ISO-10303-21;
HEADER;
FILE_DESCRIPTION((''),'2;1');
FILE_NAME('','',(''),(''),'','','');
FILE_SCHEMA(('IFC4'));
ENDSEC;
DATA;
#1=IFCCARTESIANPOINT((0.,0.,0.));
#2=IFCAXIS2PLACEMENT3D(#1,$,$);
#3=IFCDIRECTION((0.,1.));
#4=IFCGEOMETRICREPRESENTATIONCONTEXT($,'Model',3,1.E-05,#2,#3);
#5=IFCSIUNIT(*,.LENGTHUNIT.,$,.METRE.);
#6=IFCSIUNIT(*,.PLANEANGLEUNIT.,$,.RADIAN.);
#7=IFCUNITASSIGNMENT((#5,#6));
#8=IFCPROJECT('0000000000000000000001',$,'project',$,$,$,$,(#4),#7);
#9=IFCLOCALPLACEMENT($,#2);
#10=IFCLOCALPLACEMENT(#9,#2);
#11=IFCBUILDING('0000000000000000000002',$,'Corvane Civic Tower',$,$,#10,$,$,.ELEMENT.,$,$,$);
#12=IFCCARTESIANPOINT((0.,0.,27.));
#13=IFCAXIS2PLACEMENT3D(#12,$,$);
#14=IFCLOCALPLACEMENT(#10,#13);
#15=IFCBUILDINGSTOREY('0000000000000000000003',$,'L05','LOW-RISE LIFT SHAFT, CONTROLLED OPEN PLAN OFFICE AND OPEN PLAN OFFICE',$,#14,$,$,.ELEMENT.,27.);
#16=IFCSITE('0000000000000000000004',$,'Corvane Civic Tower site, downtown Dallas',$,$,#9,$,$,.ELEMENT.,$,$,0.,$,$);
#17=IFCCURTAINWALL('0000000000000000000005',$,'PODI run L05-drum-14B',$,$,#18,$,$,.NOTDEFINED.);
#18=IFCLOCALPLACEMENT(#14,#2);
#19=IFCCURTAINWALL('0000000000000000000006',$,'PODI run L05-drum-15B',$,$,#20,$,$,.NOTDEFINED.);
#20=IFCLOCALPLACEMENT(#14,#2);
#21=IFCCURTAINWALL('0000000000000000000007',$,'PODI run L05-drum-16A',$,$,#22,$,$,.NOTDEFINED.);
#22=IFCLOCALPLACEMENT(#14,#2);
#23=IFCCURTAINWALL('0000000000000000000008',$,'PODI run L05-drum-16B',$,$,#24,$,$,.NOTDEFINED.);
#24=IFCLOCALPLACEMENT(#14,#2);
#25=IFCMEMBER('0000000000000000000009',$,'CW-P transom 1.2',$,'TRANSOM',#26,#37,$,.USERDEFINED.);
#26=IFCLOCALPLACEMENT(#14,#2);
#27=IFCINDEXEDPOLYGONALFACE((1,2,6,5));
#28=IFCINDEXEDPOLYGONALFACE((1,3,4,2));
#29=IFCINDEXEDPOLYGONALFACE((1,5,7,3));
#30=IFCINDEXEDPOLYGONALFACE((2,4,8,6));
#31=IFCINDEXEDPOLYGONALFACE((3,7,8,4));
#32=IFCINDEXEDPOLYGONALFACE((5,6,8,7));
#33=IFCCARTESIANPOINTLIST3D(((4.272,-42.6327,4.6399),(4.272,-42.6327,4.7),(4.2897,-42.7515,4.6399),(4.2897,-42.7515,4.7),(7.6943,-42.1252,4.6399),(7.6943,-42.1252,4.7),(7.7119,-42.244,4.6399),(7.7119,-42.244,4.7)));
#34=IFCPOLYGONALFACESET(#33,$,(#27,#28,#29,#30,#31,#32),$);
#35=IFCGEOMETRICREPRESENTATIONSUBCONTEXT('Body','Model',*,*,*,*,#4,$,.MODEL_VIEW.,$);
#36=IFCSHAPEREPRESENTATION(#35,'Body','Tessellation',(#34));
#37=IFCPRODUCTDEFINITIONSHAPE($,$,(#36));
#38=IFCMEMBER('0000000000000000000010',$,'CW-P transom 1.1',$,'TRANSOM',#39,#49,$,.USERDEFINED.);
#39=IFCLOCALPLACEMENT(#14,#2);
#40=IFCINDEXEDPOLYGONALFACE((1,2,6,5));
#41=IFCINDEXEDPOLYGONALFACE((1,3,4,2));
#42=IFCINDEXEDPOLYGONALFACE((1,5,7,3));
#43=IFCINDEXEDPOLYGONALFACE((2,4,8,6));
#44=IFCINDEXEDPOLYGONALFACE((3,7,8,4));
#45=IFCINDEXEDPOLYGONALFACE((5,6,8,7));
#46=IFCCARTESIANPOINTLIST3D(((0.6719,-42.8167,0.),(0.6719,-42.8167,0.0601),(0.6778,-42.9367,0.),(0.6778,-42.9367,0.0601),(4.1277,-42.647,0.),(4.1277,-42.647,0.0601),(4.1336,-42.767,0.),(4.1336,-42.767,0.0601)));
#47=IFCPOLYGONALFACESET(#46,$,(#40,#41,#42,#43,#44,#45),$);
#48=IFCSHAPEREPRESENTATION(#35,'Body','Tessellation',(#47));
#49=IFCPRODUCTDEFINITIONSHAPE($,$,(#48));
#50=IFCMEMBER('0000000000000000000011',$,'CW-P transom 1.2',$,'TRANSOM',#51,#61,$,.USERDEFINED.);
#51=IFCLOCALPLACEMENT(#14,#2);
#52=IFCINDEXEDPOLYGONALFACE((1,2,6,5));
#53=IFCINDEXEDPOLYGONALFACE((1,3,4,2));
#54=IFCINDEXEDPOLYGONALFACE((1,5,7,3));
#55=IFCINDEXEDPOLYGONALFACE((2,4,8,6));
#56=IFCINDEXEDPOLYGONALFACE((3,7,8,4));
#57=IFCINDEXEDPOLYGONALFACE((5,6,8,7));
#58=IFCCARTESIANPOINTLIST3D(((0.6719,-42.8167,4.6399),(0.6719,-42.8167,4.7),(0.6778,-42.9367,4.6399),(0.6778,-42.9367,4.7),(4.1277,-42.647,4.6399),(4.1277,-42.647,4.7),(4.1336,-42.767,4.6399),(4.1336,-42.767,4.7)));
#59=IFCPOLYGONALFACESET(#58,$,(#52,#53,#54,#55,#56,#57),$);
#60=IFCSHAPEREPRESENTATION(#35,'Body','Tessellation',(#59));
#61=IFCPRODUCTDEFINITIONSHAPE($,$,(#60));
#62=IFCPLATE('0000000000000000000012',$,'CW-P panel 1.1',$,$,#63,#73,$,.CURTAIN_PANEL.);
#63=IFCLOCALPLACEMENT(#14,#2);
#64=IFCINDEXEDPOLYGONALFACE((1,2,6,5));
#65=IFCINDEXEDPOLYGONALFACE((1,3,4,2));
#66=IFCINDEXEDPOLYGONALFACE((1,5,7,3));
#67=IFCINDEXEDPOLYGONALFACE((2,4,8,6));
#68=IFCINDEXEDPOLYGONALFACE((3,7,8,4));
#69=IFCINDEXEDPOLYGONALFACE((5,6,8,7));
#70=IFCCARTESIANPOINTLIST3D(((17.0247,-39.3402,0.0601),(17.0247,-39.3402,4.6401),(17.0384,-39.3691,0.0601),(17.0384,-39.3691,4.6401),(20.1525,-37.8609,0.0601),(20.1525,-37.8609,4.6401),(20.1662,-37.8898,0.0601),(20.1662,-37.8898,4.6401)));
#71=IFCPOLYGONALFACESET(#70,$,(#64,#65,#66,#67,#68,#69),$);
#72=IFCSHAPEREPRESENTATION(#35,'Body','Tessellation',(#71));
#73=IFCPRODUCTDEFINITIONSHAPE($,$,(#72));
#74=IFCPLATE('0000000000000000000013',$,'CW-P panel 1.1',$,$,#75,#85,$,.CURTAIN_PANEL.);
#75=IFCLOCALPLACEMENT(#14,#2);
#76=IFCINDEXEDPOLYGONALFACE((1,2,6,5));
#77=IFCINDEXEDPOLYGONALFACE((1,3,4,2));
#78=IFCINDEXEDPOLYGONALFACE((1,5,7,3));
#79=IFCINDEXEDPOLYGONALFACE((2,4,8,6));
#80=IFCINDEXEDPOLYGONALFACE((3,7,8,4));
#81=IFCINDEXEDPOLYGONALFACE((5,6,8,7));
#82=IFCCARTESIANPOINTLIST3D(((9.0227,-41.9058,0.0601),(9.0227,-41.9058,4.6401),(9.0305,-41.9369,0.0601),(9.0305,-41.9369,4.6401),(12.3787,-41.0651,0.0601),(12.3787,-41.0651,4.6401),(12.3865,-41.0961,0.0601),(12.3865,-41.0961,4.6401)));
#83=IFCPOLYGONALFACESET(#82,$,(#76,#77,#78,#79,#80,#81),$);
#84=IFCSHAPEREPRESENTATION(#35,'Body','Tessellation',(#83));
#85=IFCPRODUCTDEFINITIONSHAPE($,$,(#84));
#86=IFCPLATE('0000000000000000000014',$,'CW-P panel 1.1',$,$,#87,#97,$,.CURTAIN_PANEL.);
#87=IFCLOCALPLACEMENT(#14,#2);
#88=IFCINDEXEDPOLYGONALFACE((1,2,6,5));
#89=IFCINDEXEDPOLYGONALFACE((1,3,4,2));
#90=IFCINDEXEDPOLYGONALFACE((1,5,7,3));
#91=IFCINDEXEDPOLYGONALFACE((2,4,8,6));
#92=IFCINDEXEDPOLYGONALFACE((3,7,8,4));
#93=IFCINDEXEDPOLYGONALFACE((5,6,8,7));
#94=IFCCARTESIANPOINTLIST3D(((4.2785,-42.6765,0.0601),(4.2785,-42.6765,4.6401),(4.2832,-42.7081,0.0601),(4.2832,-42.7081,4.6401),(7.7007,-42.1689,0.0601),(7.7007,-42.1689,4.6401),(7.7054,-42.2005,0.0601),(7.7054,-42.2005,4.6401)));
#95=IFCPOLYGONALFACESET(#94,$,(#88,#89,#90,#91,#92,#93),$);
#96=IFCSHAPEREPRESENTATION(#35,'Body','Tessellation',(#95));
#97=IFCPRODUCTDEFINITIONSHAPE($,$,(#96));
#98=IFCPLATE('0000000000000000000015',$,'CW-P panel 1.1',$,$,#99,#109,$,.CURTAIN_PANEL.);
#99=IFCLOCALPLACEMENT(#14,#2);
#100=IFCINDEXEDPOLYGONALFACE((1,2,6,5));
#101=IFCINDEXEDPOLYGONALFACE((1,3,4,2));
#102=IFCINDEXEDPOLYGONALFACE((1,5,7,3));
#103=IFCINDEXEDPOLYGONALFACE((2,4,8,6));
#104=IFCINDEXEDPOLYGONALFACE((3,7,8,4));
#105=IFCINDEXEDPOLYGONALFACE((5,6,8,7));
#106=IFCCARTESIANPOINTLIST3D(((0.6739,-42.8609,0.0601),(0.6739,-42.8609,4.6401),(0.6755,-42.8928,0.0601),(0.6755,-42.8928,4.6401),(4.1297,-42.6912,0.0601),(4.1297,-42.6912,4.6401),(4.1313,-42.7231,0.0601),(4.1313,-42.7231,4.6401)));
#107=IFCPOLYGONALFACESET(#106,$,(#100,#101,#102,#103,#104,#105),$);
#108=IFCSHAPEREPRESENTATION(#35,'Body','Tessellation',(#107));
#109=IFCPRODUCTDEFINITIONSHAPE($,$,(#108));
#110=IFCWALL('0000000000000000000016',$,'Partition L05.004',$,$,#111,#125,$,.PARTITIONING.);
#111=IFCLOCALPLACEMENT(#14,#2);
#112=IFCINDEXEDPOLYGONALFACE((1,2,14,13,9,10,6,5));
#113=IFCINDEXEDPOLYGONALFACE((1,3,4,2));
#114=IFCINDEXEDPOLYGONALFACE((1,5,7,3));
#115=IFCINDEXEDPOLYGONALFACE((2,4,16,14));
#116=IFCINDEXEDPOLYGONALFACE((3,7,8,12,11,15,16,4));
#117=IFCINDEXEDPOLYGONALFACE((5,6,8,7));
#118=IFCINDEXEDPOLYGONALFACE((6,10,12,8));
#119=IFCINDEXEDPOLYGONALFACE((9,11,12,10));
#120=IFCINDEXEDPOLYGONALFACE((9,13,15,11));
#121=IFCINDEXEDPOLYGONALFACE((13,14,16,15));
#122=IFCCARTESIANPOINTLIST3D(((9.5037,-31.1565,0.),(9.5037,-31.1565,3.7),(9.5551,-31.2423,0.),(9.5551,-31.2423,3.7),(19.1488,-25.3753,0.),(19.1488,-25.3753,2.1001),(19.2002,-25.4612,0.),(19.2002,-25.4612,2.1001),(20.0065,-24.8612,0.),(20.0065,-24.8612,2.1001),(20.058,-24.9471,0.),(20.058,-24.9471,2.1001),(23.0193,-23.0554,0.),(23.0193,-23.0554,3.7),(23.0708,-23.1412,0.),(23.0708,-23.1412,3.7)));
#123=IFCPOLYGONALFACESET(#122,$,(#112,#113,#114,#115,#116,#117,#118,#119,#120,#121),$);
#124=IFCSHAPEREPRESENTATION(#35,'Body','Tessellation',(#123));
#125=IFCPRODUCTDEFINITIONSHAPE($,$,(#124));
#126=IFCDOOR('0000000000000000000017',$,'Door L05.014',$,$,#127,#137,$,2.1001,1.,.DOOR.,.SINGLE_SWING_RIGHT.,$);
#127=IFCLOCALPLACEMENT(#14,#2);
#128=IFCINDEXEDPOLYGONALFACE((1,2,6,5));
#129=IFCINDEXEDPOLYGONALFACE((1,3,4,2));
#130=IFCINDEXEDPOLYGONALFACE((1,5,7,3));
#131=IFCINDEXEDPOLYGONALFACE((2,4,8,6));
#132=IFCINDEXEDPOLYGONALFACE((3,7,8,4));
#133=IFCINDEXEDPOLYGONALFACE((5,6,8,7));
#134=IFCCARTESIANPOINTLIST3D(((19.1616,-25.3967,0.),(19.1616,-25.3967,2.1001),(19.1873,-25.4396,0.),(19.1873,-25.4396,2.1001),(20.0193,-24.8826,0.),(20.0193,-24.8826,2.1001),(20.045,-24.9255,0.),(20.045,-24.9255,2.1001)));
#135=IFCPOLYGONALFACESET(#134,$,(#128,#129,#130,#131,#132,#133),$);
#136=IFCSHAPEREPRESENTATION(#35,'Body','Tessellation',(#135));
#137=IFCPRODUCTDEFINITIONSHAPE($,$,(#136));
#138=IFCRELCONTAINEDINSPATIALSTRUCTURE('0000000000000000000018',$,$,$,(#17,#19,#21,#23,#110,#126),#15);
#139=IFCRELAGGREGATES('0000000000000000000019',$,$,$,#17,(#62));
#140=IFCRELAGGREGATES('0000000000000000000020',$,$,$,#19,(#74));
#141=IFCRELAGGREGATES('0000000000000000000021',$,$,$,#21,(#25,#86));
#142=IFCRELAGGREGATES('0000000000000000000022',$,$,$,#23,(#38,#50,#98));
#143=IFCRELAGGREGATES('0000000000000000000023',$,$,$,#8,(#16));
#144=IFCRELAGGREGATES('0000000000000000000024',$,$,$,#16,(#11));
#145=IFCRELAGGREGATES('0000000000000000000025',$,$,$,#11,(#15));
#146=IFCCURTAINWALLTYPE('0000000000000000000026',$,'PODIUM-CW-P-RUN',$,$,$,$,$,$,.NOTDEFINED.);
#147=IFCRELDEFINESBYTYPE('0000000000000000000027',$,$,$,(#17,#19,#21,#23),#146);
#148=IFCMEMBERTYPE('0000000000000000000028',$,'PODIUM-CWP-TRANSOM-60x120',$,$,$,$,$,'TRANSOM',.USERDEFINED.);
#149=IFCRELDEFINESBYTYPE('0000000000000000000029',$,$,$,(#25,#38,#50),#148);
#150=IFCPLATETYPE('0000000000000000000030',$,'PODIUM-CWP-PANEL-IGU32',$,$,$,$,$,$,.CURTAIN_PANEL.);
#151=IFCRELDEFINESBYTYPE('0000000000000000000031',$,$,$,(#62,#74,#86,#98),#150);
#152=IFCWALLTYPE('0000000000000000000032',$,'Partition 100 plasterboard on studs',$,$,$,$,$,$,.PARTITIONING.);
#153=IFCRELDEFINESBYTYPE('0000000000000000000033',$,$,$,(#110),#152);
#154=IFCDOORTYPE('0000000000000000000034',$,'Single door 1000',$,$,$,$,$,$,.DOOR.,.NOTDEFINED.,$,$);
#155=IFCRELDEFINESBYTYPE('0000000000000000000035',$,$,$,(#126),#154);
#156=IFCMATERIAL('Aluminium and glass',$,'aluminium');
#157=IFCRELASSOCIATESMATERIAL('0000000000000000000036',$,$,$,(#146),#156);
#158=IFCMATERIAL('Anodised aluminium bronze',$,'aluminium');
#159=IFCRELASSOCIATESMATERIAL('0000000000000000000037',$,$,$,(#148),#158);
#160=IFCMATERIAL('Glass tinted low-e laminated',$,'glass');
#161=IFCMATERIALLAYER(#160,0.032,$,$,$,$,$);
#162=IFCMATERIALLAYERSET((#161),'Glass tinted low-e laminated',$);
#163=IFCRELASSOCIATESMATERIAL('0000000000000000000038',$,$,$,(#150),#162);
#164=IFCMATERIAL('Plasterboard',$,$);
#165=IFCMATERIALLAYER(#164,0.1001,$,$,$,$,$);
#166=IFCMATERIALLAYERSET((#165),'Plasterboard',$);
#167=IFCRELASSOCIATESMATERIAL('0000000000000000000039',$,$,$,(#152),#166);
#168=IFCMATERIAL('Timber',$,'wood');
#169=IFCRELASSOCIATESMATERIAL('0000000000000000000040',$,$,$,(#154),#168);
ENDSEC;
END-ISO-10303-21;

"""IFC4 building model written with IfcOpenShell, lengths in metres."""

from ifc_helpers import new_model, si_unit, direction, frame, frame_2d, origin, origin_2d, place, context, subcontext, project, spatial, rectangle, extrude, material, layer, layer_set, material_profile, profile_set, type_object, element, fill, aggregate, save


model = new_model("IFC4")

# Units and contexts
model_context = context("Model", 3, precision=1e-05, world=origin(), true_north=direction((0.0, 1.0)))
body_context = subcontext(model_context, "Body", "Model", "MODEL_VIEW")
ifc_project = project(units=[si_unit("LENGTHUNIT", "METRE"), si_unit("PLANEANGLEUNIT", "RADIAN")], contexts=[model_context])

# Site, building, storey
site_placement = place(None, origin())
site = spatial("IfcSite", under=ifc_project, at=site_placement, Name="Corvane Civic Tower site, downtown Dallas", CompositionType="ELEMENT", RefElevation=0.0)
building_placement = place(site_placement, origin())
building = spatial("IfcBuilding", under=site, at=building_placement, Name="Corvane Civic Tower", CompositionType="ELEMENT")
storey_placement = place(building_placement, frame((0.0, 0.0, 27.0)))
storey = spatial("IfcBuildingStorey", under=building, at=storey_placement, Name="L05", Description="LOW-RISE LIFT SHAFT, CONTROLLED OPEN PLAN OFFICE AND OPEN PLAN OFFICE", CompositionType="ELEMENT", Elevation=27.0)

# Shared definitions
ifc_material_1 = material(Name="Aluminium and glass", Category="aluminium")
curtain_wall_type = type_object("IfcCurtainWallType", Name="PODIUM-CW-P-RUN", PredefinedType="NOTDEFINED", material=ifc_material_1)

# Curtain walls
curtain_wall_1_placement = place(storey_placement, origin())
curtain_wall_1 = element("IfcCurtainWall", 1, at=curtain_wall_1_placement, inside=storey, type_object=curtain_wall_type, Name="PODI run L05-drum-14B", PredefinedType="NOTDEFINED")
curtain_wall_2_placement = place(storey_placement, origin())
curtain_wall_2 = element("IfcCurtainWall", 2, at=curtain_wall_2_placement, inside=storey, type_object=curtain_wall_type, Name="PODI run L05-drum-15B", PredefinedType="NOTDEFINED")
curtain_wall_3_placement = place(storey_placement, origin())
curtain_wall_3 = element("IfcCurtainWall", 3, at=curtain_wall_3_placement, inside=storey, type_object=curtain_wall_type, Name="PODI run L05-drum-16A", PredefinedType="NOTDEFINED")
curtain_wall_4_placement = place(storey_placement, origin())
curtain_wall_4 = element("IfcCurtainWall", 4, at=curtain_wall_4_placement, inside=storey, type_object=curtain_wall_type, Name="PODI run L05-drum-16B", PredefinedType="NOTDEFINED")

# Members
ifc_material_2 = material(Name="Anodised aluminium bronze", Category="aluminium")
ifc_material_profile_1 = material_profile(ifc_material_2, rectangle(XDim=0.1201, YDim=0.0601, at=origin_2d()), Name="AL 120x60")
ifc_profile_set_1 = profile_set([ifc_material_profile_1], Name="Anodised aluminium bronze")
member_type_1 = type_object("IfcMemberType", Name="PODIUM-CWP-TRANSOM-60x120", ElementType="TRANSOM", PredefinedType="USERDEFINED", material=ifc_profile_set_1)
member_1_placement = place(storey_placement, frame((7.7031, -42.1846, 4.6699), z_axis=(-0.98918, -0.146705, 0.0), x_axis=(0.146705, -0.98918, 0.0)))
member_1 = element("IfcMember", 5, at=member_1_placement, type_object=member_type_1, Name="CW-P transom 1.2", ObjectType="TRANSOM", PredefinedType="USERDEFINED", context=body_context, shape_type="SweptSolid", body=[
    extrude(rectangle(XDim=0.1201, YDim=0.0601, at=origin_2d()), origin(), (0.0, 0.0, 1.0), 3.4597),
])
member_2_placement = place(storey_placement, frame((4.1306, -42.707, 0.03), z_axis=(-0.998797, -0.04904, 0.0), x_axis=(0.04904, -0.998797, 0.0)))
member_2 = element("IfcMember", 6, at=member_2_placement, type_object=member_type_1, Name="CW-P transom 1.1", ObjectType="TRANSOM", PredefinedType="USERDEFINED", context=body_context, shape_type="SweptSolid", body=[
    extrude(rectangle(XDim=0.1201, YDim=0.0601, at=origin_2d()), origin(), (0.0, 0.0, 1.0), 3.46),
])
member_3_placement = place(storey_placement, frame((4.1306, -42.707, 4.6699), z_axis=(-0.998797, -0.04904, 0.0), x_axis=(0.04904, -0.998797, 0.0)))
member_3 = element("IfcMember", 7, at=member_3_placement, type_object=member_type_1, Name="CW-P transom 1.2", ObjectType="TRANSOM", PredefinedType="USERDEFINED", context=body_context, shape_type="SweptSolid", body=[
    extrude(rectangle(XDim=0.1201, YDim=0.0601, at=origin_2d()), origin(), (0.0, 0.0, 1.0), 3.46),
])

# Plates
ifc_material_3 = material(Name="Glass tinted low-e laminated", Category="glass")
ifc_layer_1 = layer(ifc_material_3, 0.032)
ifc_layer_set_1 = layer_set([ifc_layer_1], Name="Glass tinted low-e laminated")
plate_type = type_object("IfcPlateType", Name="PODIUM-CWP-PANEL-IGU32", PredefinedType="CURTAIN_PANEL", material=ifc_layer_set_1)
plate_1_placement = place(storey_placement, frame((18.5955, -38.615, 0.0601), z_axis=(0.0, 0.0, 1.0), x_axis=(-0.90399, -0.427553, 0.0)))
plate_1 = element("IfcPlate", 8, at=plate_1_placement, type_object=plate_type, Name="CW-P panel 1.1", PredefinedType="CURTAIN_PANEL", context=body_context, shape_type="SweptSolid", body=[
    extrude(rectangle(XDim=3.46, YDim=0.032, at=origin_2d()), origin(), (0.0, 0.0, 1.0), 4.5801),
])
aggregate(curtain_wall_1, [plate_1])
plate_2_placement = place(storey_placement, frame((10.7046, -41.501, 0.0601), z_axis=(0.0, 0.0, 1.0), x_axis=(-0.970024, -0.243009, 0.0)))
plate_2 = element("IfcPlate", 9, at=plate_2_placement, type_object=plate_type, Name="CW-P panel 1.1", PredefinedType="CURTAIN_PANEL", context=body_context, shape_type="SweptSolid", body=[
    extrude(rectangle(XDim=3.4597, YDim=0.032, at=origin_2d()), origin(), (0.0, 0.0, 1.0), 4.5801),
])
aggregate(curtain_wall_2, [plate_2])
plate_3_placement = place(storey_placement, frame((5.9919, -42.4385, 0.0601), z_axis=(0.0, 0.0, 1.0), x_axis=(-0.989179, -0.146715, 0.0)))
plate_3 = element("IfcPlate", 10, at=plate_3_placement, type_object=plate_type, Name="CW-P panel 1.1", PredefinedType="CURTAIN_PANEL", context=body_context, shape_type="SweptSolid", body=[
    extrude(rectangle(XDim=3.4597, YDim=0.032, at=origin_2d()), origin(), (0.0, 0.0, 1.0), 4.5801),
])
aggregate(curtain_wall_3, [member_1, plate_3])
plate_4_placement = place(storey_placement, frame((2.4026, -42.792, 0.0601), z_axis=(0.0, 0.0, 1.0), x_axis=(-0.998796, -0.04905, 0.0)))
plate_4 = element("IfcPlate", 11, at=plate_4_placement, type_object=plate_type, Name="CW-P panel 1.1", PredefinedType="CURTAIN_PANEL", context=body_context, shape_type="SweptSolid", body=[
    extrude(rectangle(XDim=3.46, YDim=0.032, at=origin_2d()), origin(), (0.0, 0.0, 1.0), 4.5801),
])
aggregate(curtain_wall_4, [member_2, member_3, plate_4])

# Wall, opening, door
ifc_material_4 = material(Name="Plasterboard")
ifc_layer_2 = layer(ifc_material_4, 0.1001)
ifc_layer_set_2 = layer_set([ifc_layer_2], Name="Plasterboard")
wall_type_1 = type_object("IfcWallType", Name="Partition 100 plasterboard on studs", PredefinedType="PARTITIONING", material=ifc_layer_set_2)
wall_1_placement = place(storey_placement, frame((9.5293, -31.1995, 0.0), z_axis=(0.0, 0.0, 1.0), x_axis=(0.857725, 0.514108, 0.0)))
wall_1 = element("IfcWall", 12, at=wall_1_placement, inside=storey, type_object=wall_type_1, Name="Partition L05.004", PredefinedType="PARTITIONING", context=body_context, shape_type="SweptSolid", body=[
    extrude(rectangle(XDim=15.7576, YDim=0.1001, at=frame_2d((7.8789, 0.0))), origin(), (0.0, 0.0, 1.0), 3.7),
])
opening_1_placement = place(wall_1_placement, frame((11.2451, 0.0, 0.0)))
opening_1 = element("IfcOpeningElement", 13, at=opening_1_placement, cuts=wall_1, PredefinedType="OPENING", context=body_context, shape_type="SweptSolid", body=[
    extrude(rectangle(XDim=1.0, YDim=2.1001, at=frame_2d((0.5, 1.05))), frame((0.0, 0.0601, 0.0), z_axis=(0.0, -1.0, 0.0), x_axis=(1.0, 0.0, 0.0)), (0.0, 0.0, 1.0), 0.1201),
])
ifc_material_5 = material(Name="Timber", Category="wood")
door_type_1 = type_object("IfcDoorType", Name="Single door 1000", OperationType="NOTDEFINED", PredefinedType="DOOR", material=ifc_material_5)
door_1_placement = place(opening_1_placement, frame((1.0, 0.0, 0.0), z_axis=(0.0, 0.0, 1.0), x_axis=(-1.0, 0.0, 0.0)))
door_1 = element("IfcDoor", 14, at=door_1_placement, inside=storey, type_object=door_type_1, Name="Door L05.014", OperationType="SINGLE_SWING_RIGHT", OverallHeight=2.1001, OverallWidth=1.0, PredefinedType="DOOR", context=body_context, shape_type="SweptSolid", body=[
    extrude(rectangle(XDim=1.0, YDim=2.1001, at=frame_2d((0.5, 1.05))), frame((0.0, 0.0249, 0.0), z_axis=(0.0, -1.0, 0.0), x_axis=(1.0, 0.0, 0.0)), (0.0, 0.0, 1.0), 0.05),
])
fill(opening_1, door_1)

save(model, "model.ifc")
